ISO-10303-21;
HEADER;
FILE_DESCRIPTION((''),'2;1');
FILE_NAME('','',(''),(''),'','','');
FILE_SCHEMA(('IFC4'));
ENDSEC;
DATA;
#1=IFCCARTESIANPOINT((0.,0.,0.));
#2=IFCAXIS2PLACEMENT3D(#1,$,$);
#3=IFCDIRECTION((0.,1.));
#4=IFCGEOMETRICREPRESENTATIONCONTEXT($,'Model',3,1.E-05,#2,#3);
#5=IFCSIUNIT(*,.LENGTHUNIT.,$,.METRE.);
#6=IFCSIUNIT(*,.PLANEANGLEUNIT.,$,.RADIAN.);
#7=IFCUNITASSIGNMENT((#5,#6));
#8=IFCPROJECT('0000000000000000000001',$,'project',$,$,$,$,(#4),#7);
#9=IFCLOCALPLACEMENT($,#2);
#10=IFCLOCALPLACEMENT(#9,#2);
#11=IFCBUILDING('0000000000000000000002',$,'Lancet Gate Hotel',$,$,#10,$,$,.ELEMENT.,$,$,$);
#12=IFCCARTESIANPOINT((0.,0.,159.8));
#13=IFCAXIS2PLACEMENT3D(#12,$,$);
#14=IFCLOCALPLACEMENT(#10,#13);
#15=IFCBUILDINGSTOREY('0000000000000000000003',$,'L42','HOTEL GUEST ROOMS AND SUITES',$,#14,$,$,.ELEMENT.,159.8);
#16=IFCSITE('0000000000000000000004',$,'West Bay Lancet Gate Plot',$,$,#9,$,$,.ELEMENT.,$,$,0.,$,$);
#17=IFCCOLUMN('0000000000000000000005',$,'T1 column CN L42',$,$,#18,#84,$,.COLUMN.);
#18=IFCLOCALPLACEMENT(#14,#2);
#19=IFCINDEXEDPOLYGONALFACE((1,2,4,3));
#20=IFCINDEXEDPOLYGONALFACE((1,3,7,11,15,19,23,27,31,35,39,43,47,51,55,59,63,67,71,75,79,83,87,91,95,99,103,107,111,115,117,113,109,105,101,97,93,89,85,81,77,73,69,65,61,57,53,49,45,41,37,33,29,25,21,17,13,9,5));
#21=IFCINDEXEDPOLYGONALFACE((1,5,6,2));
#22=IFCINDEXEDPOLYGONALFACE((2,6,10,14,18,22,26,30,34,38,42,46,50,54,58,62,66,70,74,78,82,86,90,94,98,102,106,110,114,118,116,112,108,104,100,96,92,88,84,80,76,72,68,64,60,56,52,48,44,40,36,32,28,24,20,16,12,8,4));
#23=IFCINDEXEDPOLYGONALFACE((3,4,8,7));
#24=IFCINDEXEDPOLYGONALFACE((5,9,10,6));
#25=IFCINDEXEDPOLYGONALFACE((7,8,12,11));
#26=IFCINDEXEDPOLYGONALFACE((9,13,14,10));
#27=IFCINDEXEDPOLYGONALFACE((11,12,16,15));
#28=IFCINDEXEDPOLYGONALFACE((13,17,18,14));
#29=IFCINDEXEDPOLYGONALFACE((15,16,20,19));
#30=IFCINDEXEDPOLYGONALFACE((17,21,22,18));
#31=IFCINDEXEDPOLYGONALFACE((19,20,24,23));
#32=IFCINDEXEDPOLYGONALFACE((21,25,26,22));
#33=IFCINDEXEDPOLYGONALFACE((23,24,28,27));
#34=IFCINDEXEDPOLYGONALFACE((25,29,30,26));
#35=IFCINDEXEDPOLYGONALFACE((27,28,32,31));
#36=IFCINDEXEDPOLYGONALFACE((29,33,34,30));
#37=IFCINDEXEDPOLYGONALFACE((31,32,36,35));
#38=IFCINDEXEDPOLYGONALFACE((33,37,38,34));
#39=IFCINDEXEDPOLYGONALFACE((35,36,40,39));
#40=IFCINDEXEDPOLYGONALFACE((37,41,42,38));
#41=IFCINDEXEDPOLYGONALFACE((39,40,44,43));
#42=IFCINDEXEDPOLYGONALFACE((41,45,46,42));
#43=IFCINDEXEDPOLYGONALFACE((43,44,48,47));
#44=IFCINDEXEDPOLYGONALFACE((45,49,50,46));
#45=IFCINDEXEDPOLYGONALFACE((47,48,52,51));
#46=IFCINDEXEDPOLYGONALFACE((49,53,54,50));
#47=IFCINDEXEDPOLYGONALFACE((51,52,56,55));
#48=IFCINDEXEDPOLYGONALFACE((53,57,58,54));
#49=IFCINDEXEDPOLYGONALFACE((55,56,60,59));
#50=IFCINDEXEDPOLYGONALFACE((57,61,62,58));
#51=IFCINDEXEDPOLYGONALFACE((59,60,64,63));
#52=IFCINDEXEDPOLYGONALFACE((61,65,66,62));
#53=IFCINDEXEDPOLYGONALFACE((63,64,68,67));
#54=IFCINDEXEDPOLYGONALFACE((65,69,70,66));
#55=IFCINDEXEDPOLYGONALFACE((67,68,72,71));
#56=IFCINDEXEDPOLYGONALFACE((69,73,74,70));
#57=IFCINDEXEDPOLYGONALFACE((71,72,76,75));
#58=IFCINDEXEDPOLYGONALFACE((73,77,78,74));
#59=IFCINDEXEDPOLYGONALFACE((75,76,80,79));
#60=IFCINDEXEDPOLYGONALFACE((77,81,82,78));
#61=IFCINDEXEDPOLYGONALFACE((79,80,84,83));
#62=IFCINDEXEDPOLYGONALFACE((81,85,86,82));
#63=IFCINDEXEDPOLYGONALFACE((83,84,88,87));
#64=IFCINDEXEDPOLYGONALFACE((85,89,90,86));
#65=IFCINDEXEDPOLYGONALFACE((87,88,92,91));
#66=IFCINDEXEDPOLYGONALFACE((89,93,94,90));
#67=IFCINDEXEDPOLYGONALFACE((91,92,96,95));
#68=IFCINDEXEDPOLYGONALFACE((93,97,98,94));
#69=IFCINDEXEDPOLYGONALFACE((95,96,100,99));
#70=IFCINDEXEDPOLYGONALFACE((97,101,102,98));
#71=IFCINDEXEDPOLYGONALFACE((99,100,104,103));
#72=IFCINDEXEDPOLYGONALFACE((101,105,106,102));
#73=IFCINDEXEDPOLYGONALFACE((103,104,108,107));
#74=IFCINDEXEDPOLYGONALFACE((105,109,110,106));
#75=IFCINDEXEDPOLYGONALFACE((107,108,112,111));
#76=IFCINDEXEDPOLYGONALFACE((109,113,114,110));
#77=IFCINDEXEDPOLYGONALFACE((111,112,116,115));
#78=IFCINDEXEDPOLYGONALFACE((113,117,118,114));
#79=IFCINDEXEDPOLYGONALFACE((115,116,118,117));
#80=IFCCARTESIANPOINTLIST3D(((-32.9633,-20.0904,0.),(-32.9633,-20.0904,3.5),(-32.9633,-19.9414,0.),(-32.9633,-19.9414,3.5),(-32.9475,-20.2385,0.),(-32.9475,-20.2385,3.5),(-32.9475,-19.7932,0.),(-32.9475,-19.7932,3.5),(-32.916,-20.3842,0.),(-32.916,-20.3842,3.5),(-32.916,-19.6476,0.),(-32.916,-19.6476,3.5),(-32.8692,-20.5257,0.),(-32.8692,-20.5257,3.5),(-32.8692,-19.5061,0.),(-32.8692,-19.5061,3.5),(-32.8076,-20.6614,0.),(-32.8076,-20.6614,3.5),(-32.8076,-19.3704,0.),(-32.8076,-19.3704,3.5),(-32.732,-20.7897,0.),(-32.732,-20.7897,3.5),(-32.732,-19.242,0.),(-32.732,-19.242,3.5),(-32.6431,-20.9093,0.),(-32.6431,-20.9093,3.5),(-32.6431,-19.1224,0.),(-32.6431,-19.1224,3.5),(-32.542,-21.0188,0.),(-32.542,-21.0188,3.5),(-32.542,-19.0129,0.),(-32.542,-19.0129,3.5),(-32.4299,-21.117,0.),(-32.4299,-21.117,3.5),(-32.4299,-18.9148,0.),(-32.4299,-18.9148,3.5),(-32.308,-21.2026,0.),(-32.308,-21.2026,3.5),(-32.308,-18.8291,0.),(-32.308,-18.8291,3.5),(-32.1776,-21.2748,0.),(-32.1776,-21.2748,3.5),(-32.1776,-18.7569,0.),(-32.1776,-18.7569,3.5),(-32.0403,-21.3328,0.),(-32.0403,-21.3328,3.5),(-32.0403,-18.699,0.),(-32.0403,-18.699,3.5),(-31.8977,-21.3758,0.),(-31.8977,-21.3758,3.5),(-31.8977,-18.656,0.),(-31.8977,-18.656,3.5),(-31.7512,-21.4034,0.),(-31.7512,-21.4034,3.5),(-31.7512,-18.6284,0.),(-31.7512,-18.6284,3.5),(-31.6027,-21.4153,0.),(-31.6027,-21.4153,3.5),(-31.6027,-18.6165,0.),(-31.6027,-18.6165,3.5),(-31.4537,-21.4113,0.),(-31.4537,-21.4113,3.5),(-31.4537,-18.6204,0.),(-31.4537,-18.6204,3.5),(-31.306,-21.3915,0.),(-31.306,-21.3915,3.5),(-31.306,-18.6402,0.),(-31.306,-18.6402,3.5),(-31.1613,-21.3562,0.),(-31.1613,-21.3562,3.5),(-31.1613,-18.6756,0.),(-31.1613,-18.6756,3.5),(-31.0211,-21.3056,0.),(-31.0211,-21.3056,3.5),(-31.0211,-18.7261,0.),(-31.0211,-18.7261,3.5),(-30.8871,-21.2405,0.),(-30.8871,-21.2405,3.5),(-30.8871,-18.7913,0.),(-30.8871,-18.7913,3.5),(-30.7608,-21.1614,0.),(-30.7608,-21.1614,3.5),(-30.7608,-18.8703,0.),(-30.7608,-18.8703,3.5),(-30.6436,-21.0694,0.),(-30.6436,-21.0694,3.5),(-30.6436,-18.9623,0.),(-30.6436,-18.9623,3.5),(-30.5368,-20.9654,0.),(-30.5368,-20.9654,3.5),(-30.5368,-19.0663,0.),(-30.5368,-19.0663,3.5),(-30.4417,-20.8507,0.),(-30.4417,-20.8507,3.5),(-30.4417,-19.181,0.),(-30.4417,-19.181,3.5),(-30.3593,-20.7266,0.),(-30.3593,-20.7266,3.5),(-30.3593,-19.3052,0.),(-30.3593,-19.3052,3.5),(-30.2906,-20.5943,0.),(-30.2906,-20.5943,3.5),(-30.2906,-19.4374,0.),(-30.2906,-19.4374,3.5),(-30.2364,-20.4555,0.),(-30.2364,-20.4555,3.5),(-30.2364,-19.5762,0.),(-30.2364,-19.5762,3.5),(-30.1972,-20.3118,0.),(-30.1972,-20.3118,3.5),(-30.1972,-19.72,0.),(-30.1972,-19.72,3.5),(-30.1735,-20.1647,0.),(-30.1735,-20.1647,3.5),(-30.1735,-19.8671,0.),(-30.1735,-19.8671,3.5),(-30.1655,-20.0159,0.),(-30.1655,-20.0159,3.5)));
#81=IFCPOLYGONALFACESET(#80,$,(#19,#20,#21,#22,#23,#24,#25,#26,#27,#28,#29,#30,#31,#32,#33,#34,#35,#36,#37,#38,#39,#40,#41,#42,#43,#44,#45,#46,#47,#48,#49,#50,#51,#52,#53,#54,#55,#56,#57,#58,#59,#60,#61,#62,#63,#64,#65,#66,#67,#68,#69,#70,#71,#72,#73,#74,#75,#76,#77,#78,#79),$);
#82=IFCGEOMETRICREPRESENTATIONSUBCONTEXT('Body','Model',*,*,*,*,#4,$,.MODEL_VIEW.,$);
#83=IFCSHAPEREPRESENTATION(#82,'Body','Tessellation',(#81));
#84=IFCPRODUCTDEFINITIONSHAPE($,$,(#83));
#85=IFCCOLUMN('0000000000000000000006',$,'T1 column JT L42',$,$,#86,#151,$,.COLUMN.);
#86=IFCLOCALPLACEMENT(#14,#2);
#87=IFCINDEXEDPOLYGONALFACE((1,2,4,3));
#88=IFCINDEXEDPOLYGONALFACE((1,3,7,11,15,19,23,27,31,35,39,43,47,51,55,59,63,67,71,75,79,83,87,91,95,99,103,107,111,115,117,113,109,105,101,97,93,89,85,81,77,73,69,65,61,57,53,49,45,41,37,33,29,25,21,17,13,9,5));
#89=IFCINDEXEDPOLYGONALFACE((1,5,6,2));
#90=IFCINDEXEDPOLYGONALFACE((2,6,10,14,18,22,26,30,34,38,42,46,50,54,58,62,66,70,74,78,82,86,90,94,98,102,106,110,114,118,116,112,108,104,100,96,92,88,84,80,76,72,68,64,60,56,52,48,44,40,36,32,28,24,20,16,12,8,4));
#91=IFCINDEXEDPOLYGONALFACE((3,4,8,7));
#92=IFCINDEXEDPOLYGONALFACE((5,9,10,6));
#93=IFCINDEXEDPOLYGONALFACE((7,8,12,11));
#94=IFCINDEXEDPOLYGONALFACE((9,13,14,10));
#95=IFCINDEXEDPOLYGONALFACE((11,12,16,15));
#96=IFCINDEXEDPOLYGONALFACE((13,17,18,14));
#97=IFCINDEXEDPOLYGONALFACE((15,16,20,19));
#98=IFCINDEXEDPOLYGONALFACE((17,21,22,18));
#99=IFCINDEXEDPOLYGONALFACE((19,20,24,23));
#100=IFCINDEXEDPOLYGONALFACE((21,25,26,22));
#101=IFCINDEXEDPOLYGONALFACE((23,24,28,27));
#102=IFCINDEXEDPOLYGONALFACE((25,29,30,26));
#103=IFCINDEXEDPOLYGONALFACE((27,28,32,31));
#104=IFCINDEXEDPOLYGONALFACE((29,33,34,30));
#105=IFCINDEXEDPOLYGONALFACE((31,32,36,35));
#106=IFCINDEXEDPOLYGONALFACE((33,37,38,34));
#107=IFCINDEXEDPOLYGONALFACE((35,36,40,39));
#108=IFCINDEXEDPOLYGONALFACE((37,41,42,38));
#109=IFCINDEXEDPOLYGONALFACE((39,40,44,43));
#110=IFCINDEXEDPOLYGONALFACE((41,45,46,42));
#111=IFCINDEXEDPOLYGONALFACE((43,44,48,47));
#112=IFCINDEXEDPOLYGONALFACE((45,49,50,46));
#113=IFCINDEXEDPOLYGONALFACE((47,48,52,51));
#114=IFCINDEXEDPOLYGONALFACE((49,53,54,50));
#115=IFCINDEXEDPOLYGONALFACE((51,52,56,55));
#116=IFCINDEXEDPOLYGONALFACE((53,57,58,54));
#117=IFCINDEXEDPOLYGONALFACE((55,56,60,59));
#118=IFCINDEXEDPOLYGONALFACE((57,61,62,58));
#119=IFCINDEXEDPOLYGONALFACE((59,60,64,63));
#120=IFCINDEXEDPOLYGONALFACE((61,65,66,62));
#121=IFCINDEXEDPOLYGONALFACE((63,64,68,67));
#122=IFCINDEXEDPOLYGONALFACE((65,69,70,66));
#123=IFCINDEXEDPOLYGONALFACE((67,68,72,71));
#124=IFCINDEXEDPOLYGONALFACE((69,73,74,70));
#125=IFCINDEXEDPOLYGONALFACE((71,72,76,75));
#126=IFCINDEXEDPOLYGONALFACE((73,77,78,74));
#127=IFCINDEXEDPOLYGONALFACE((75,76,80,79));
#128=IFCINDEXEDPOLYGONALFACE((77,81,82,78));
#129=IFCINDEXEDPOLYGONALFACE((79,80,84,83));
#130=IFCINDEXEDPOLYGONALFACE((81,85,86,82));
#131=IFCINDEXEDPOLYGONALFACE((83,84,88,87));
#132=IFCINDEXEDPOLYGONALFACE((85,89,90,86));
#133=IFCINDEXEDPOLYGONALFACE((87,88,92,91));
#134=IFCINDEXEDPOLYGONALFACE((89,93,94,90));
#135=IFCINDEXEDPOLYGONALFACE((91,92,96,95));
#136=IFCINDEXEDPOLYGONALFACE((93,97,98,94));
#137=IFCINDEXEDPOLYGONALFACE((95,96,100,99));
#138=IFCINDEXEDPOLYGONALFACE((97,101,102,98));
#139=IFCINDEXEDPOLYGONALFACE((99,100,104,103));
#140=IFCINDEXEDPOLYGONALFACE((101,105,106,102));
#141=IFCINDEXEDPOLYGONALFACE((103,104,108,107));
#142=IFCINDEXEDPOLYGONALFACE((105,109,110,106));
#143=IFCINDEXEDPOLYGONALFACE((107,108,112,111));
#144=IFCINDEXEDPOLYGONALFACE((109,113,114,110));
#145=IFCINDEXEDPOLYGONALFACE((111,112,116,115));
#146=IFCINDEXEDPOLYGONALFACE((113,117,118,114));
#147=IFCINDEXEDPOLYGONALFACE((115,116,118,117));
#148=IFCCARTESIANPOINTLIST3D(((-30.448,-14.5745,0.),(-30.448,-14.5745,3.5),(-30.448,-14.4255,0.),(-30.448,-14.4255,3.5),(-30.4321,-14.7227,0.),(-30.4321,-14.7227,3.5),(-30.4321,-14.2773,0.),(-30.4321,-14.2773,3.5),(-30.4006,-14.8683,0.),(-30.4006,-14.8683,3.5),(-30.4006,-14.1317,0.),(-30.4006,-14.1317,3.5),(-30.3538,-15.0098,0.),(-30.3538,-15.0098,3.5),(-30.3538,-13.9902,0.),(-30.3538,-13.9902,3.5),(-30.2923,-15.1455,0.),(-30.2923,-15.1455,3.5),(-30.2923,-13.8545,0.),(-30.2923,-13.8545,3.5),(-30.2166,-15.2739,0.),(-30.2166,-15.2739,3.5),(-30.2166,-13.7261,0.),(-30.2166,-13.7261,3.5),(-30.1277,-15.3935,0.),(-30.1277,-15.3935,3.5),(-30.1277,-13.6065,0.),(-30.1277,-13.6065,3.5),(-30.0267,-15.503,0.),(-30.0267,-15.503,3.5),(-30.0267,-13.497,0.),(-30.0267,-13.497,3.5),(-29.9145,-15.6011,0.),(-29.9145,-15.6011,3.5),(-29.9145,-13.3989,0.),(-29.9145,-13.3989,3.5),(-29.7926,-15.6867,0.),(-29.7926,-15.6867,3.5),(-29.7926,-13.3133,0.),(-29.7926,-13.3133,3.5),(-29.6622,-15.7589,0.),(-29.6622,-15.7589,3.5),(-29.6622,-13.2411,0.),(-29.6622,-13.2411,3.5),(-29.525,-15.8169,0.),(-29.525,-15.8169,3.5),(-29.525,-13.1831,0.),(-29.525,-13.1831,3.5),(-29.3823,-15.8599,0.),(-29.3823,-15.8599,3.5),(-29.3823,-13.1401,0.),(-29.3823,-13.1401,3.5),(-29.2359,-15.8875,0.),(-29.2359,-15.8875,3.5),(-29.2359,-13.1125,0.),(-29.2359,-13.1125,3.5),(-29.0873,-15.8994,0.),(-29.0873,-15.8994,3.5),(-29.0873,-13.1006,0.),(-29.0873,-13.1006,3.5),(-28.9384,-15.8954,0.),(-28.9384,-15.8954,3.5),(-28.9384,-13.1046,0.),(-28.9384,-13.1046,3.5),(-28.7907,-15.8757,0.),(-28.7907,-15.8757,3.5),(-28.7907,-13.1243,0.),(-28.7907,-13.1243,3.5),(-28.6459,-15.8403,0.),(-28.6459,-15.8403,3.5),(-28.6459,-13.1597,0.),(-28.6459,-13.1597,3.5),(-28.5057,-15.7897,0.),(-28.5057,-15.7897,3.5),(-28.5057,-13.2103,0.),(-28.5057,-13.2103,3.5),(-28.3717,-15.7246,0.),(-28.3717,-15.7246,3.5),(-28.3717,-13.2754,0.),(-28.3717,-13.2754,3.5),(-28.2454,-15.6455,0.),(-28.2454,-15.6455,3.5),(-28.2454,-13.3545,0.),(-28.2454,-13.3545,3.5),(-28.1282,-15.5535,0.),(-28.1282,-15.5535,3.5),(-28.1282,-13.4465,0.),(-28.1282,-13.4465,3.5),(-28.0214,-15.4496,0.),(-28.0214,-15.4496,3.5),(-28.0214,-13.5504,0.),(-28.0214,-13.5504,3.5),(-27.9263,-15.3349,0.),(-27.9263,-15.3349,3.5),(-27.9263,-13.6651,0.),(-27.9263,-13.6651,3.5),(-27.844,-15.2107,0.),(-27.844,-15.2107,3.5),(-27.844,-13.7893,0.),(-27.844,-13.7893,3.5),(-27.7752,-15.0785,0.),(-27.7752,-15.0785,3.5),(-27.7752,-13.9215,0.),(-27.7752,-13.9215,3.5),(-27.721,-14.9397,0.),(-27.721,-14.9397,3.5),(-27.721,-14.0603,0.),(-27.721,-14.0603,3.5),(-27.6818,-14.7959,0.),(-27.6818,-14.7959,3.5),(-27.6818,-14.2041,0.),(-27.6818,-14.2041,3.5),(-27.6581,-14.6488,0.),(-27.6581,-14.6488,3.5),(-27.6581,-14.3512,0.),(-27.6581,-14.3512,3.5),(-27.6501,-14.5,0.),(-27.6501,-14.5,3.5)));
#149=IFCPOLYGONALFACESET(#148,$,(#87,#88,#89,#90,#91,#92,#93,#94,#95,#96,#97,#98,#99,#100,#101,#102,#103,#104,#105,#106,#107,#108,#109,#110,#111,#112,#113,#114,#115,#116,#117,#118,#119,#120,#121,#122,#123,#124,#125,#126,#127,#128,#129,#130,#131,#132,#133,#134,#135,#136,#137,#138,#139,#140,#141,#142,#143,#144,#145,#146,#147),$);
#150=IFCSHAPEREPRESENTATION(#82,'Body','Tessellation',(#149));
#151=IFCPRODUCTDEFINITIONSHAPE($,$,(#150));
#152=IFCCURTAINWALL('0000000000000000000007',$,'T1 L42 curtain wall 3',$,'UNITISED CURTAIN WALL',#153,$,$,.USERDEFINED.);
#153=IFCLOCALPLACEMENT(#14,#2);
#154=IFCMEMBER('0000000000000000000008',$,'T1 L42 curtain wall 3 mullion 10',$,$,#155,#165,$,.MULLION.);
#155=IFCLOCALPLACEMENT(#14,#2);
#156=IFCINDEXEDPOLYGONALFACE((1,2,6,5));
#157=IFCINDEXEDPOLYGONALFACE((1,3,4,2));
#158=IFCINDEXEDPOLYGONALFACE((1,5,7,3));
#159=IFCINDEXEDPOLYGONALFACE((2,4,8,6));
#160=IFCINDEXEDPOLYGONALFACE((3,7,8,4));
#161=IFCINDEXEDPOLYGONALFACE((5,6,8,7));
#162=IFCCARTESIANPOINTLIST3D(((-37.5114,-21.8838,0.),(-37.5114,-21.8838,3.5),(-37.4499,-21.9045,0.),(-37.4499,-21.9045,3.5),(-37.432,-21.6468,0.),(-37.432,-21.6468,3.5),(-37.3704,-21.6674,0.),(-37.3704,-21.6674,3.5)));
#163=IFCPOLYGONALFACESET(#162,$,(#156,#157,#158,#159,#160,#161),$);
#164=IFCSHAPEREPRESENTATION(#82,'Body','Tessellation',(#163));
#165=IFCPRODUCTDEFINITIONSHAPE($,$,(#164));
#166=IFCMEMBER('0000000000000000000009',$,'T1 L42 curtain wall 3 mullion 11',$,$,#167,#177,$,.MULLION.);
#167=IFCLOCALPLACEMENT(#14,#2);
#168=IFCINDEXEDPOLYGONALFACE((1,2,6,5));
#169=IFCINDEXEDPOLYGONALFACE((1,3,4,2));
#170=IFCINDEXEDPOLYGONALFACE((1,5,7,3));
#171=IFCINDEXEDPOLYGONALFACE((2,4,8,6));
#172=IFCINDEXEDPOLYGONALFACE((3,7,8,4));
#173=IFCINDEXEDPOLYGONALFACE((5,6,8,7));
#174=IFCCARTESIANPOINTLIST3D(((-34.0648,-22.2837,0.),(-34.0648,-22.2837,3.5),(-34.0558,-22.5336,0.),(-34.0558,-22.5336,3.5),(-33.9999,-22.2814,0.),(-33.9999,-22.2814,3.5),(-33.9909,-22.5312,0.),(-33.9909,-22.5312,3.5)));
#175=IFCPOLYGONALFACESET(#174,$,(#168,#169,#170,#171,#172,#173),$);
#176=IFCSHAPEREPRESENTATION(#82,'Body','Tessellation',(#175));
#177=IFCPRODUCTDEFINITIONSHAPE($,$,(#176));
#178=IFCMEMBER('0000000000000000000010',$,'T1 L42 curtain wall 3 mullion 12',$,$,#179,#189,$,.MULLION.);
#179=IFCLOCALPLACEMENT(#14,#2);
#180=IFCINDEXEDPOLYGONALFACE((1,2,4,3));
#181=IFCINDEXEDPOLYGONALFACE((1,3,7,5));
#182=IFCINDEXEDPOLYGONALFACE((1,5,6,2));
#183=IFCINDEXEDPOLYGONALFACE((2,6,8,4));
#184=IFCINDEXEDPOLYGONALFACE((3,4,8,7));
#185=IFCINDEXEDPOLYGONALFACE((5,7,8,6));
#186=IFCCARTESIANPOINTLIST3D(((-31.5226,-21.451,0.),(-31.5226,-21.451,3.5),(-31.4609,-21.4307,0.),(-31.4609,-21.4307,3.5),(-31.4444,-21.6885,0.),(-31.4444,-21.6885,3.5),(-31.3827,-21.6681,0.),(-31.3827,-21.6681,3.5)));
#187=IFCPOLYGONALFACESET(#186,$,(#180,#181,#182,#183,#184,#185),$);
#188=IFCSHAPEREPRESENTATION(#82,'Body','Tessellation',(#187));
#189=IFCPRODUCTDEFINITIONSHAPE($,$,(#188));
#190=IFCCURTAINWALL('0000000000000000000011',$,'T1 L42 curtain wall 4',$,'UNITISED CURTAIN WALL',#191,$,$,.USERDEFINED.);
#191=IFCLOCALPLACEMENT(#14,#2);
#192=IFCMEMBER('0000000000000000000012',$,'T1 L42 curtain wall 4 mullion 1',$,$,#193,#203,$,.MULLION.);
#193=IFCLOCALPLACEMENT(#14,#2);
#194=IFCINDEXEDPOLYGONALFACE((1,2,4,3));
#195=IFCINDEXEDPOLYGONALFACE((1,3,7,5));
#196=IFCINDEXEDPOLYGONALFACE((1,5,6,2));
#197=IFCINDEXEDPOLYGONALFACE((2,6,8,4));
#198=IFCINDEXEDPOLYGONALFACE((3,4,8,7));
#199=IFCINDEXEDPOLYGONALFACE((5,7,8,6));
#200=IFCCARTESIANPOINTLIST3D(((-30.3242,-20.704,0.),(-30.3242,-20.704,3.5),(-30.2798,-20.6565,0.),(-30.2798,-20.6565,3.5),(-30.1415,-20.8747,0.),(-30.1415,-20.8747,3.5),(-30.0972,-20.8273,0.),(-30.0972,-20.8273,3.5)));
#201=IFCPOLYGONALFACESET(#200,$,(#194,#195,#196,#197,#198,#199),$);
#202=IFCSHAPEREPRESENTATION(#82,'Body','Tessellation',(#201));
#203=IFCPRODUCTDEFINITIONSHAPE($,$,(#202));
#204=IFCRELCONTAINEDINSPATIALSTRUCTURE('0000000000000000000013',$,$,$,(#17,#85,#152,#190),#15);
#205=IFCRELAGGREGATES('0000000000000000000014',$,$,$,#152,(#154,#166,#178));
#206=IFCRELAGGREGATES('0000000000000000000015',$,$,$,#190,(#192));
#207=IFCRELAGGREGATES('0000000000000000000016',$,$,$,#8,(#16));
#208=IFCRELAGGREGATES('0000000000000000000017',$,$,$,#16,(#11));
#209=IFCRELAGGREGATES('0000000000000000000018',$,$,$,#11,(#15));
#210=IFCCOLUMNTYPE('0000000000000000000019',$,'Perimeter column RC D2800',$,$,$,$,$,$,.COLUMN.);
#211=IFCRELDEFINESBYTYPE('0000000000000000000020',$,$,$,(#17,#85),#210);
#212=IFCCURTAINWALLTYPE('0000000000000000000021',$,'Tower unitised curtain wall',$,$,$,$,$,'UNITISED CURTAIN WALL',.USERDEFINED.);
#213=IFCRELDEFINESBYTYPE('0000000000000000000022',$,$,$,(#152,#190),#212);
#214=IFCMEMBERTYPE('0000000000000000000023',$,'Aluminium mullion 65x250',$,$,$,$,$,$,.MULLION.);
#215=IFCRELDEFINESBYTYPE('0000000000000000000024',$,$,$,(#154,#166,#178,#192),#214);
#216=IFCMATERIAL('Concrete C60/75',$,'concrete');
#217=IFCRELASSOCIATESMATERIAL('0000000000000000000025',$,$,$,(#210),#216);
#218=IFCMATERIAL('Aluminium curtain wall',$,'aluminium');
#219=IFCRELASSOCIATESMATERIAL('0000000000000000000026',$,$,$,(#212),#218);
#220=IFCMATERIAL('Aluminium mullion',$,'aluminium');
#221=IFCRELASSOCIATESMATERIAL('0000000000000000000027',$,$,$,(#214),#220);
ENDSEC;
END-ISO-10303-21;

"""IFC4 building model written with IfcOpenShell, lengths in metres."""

from ifc_helpers import new_model, si_unit, direction, frame, origin, origin_2d, place, context, subcontext, project, spatial, rectangle, circle, extrude, material, material_profile, profile_set, type_object, element, aggregate, save


model = new_model("IFC4")

# Units and contexts
model_context = context("Model", 3, precision=1e-05, world=origin(), true_north=direction((0.0, 1.0)))
body_context = subcontext(model_context, "Body", "Model", "MODEL_VIEW")
ifc_project = project(units=[si_unit("LENGTHUNIT", "METRE"), si_unit("PLANEANGLEUNIT", "RADIAN")], contexts=[model_context])

# Site, building, storey
site_placement = place(None, origin())
site = spatial("IfcSite", under=ifc_project, at=site_placement, Name="West Bay Lancet Gate Plot", CompositionType="ELEMENT", RefElevation=0.0)
building_placement = place(site_placement, origin())
building = spatial("IfcBuilding", under=site, at=building_placement, Name="Lancet Gate Hotel", CompositionType="ELEMENT")
storey_placement = place(building_placement, frame((0.0, 0.0, 159.8)))
storey = spatial("IfcBuildingStorey", under=building, at=storey_placement, Name="L42", Description="HOTEL GUEST ROOMS AND SUITES", CompositionType="ELEMENT", Elevation=159.8)

# Columns
ifc_material_1 = material(Name="Concrete C60/75", Category="concrete")
ifc_material_profile_1 = material_profile(ifc_material_1, circle(Radius=1.3999, at=origin_2d()), Name="RC D2800")
ifc_profile_set_1 = profile_set([ifc_material_profile_1], Name="Concrete C60/75")
column_type = type_object("IfcColumnType", Name="Perimeter column RC D2800", PredefinedType="COLUMN", material=ifc_profile_set_1)
for number, where, z_axis, x_axis, name in (
    (1, (-31.5654, -20.0159, 0.0), (0.0, 0.0, 1.0), (1.0, 0.0, 0.0), "T1 column CN L42"),
    (2, (-29.05, -14.5, 0.0), (0.0, 0.0, 1.0), (1.0, 0.0, 0.0), "T1 column JT L42"),
):
    element("IfcColumn", number, at=place(storey_placement, frame(where, z_axis=z_axis, x_axis=x_axis)), inside=storey, type_object=column_type, Name=name, PredefinedType="COLUMN", context=body_context, shape_type="SweptSolid", body=[
        extrude(circle(Radius=1.3999, at=origin_2d()), origin(), (0.0, 0.0, 1.0), 3.5),
    ])

# Curtain walls, members
ifc_material_2 = material(Name="Aluminium curtain wall", Category="aluminium")
curtain_wall_type = type_object("IfcCurtainWallType", Name="Tower unitised curtain wall", ElementType="UNITISED CURTAIN WALL", PredefinedType="USERDEFINED", material=ifc_material_2)
curtain_wall_1_placement = place(storey_placement, origin())
curtain_wall_1 = element("IfcCurtainWall", 3, at=curtain_wall_1_placement, inside=storey, type_object=curtain_wall_type, Name="T1 L42 curtain wall 3", ObjectType="UNITISED CURTAIN WALL", PredefinedType="USERDEFINED")
ifc_material_3 = material(Name="Aluminium mullion", Category="aluminium")
ifc_material_profile_2 = material_profile(ifc_material_3, rectangle(XDim=0.0649, YDim=0.25, at=origin_2d()), Name="MULLION 65x250")
ifc_profile_set_2 = profile_set([ifc_material_profile_2], Name="Aluminium mullion")
member_type_1 = type_object("IfcMemberType", Name="Aluminium mullion 65x250", PredefinedType="MULLION", material=ifc_profile_set_2)
member_1_placement = place(storey_placement, frame((-37.4409, -21.7756, 0.0), z_axis=(0.0, 0.0, 1.0), x_axis=(0.948119, -0.317915, 0.0)))
member_1 = element("IfcMember", 4, at=member_1_placement, type_object=member_type_1, Name="T1 L42 curtain wall 3 mullion 10", PredefinedType="MULLION", context=body_context, shape_type="SweptSolid", body=[
    extrude(rectangle(XDim=0.0649, YDim=0.25, at=origin_2d()), origin(), (0.0, 0.0, 1.0), 3.5),
])
member_2_placement = place(storey_placement, frame((-34.0278, -22.4075, 0.0), z_axis=(0.0, 0.0, 1.0), x_axis=(0.99935, 0.036037, 0.0)))
member_2 = element("IfcMember", 5, at=member_2_placement, type_object=member_type_1, Name="T1 L42 curtain wall 3 mullion 11", PredefinedType="MULLION", context=body_context, shape_type="SweptSolid", body=[
    extrude(rectangle(XDim=0.0649, YDim=0.25, at=origin_2d()), origin(), (0.0, 0.0, 1.0), 3.5),
])
member_3_placement = place(storey_placement, frame((-31.4526, -21.5596, 0.0), z_axis=(0.0, 0.0, 1.0), x_axis=(0.949848, 0.312712, 0.0)))
member_3 = element("IfcMember", 6, at=member_3_placement, type_object=member_type_1, Name="T1 L42 curtain wall 3 mullion 12", PredefinedType="MULLION", context=body_context, shape_type="SweptSolid", body=[
    extrude(rectangle(XDim=0.0649, YDim=0.25, at=origin_2d()), origin(), (0.0, 0.0, 1.0), 3.5),
])
curtain_wall_2_placement = place(storey_placement, origin())
curtain_wall_2 = element("IfcCurtainWall", 7, at=curtain_wall_2_placement, inside=storey, type_object=curtain_wall_type, Name="T1 L42 curtain wall 4", ObjectType="UNITISED CURTAIN WALL", PredefinedType="USERDEFINED")
member_4_placement = place(storey_placement, frame((-30.2107, -20.7656, 0.0), z_axis=(0.0, 0.0, 1.0), x_axis=(0.682845, 0.730563, 0.0)))
member_4 = element("IfcMember", 8, at=member_4_placement, type_object=member_type_1, Name="T1 L42 curtain wall 4 mullion 1", PredefinedType="MULLION", context=body_context, shape_type="SweptSolid", body=[
    extrude(rectangle(XDim=0.0649, YDim=0.25, at=origin_2d()), origin(), (0.0, 0.0, 1.0), 3.5),
])

aggregate(curtain_wall_1, [member_1, member_2, member_3])
aggregate(curtain_wall_2, [member_4])

save(model, "model.ifc")
